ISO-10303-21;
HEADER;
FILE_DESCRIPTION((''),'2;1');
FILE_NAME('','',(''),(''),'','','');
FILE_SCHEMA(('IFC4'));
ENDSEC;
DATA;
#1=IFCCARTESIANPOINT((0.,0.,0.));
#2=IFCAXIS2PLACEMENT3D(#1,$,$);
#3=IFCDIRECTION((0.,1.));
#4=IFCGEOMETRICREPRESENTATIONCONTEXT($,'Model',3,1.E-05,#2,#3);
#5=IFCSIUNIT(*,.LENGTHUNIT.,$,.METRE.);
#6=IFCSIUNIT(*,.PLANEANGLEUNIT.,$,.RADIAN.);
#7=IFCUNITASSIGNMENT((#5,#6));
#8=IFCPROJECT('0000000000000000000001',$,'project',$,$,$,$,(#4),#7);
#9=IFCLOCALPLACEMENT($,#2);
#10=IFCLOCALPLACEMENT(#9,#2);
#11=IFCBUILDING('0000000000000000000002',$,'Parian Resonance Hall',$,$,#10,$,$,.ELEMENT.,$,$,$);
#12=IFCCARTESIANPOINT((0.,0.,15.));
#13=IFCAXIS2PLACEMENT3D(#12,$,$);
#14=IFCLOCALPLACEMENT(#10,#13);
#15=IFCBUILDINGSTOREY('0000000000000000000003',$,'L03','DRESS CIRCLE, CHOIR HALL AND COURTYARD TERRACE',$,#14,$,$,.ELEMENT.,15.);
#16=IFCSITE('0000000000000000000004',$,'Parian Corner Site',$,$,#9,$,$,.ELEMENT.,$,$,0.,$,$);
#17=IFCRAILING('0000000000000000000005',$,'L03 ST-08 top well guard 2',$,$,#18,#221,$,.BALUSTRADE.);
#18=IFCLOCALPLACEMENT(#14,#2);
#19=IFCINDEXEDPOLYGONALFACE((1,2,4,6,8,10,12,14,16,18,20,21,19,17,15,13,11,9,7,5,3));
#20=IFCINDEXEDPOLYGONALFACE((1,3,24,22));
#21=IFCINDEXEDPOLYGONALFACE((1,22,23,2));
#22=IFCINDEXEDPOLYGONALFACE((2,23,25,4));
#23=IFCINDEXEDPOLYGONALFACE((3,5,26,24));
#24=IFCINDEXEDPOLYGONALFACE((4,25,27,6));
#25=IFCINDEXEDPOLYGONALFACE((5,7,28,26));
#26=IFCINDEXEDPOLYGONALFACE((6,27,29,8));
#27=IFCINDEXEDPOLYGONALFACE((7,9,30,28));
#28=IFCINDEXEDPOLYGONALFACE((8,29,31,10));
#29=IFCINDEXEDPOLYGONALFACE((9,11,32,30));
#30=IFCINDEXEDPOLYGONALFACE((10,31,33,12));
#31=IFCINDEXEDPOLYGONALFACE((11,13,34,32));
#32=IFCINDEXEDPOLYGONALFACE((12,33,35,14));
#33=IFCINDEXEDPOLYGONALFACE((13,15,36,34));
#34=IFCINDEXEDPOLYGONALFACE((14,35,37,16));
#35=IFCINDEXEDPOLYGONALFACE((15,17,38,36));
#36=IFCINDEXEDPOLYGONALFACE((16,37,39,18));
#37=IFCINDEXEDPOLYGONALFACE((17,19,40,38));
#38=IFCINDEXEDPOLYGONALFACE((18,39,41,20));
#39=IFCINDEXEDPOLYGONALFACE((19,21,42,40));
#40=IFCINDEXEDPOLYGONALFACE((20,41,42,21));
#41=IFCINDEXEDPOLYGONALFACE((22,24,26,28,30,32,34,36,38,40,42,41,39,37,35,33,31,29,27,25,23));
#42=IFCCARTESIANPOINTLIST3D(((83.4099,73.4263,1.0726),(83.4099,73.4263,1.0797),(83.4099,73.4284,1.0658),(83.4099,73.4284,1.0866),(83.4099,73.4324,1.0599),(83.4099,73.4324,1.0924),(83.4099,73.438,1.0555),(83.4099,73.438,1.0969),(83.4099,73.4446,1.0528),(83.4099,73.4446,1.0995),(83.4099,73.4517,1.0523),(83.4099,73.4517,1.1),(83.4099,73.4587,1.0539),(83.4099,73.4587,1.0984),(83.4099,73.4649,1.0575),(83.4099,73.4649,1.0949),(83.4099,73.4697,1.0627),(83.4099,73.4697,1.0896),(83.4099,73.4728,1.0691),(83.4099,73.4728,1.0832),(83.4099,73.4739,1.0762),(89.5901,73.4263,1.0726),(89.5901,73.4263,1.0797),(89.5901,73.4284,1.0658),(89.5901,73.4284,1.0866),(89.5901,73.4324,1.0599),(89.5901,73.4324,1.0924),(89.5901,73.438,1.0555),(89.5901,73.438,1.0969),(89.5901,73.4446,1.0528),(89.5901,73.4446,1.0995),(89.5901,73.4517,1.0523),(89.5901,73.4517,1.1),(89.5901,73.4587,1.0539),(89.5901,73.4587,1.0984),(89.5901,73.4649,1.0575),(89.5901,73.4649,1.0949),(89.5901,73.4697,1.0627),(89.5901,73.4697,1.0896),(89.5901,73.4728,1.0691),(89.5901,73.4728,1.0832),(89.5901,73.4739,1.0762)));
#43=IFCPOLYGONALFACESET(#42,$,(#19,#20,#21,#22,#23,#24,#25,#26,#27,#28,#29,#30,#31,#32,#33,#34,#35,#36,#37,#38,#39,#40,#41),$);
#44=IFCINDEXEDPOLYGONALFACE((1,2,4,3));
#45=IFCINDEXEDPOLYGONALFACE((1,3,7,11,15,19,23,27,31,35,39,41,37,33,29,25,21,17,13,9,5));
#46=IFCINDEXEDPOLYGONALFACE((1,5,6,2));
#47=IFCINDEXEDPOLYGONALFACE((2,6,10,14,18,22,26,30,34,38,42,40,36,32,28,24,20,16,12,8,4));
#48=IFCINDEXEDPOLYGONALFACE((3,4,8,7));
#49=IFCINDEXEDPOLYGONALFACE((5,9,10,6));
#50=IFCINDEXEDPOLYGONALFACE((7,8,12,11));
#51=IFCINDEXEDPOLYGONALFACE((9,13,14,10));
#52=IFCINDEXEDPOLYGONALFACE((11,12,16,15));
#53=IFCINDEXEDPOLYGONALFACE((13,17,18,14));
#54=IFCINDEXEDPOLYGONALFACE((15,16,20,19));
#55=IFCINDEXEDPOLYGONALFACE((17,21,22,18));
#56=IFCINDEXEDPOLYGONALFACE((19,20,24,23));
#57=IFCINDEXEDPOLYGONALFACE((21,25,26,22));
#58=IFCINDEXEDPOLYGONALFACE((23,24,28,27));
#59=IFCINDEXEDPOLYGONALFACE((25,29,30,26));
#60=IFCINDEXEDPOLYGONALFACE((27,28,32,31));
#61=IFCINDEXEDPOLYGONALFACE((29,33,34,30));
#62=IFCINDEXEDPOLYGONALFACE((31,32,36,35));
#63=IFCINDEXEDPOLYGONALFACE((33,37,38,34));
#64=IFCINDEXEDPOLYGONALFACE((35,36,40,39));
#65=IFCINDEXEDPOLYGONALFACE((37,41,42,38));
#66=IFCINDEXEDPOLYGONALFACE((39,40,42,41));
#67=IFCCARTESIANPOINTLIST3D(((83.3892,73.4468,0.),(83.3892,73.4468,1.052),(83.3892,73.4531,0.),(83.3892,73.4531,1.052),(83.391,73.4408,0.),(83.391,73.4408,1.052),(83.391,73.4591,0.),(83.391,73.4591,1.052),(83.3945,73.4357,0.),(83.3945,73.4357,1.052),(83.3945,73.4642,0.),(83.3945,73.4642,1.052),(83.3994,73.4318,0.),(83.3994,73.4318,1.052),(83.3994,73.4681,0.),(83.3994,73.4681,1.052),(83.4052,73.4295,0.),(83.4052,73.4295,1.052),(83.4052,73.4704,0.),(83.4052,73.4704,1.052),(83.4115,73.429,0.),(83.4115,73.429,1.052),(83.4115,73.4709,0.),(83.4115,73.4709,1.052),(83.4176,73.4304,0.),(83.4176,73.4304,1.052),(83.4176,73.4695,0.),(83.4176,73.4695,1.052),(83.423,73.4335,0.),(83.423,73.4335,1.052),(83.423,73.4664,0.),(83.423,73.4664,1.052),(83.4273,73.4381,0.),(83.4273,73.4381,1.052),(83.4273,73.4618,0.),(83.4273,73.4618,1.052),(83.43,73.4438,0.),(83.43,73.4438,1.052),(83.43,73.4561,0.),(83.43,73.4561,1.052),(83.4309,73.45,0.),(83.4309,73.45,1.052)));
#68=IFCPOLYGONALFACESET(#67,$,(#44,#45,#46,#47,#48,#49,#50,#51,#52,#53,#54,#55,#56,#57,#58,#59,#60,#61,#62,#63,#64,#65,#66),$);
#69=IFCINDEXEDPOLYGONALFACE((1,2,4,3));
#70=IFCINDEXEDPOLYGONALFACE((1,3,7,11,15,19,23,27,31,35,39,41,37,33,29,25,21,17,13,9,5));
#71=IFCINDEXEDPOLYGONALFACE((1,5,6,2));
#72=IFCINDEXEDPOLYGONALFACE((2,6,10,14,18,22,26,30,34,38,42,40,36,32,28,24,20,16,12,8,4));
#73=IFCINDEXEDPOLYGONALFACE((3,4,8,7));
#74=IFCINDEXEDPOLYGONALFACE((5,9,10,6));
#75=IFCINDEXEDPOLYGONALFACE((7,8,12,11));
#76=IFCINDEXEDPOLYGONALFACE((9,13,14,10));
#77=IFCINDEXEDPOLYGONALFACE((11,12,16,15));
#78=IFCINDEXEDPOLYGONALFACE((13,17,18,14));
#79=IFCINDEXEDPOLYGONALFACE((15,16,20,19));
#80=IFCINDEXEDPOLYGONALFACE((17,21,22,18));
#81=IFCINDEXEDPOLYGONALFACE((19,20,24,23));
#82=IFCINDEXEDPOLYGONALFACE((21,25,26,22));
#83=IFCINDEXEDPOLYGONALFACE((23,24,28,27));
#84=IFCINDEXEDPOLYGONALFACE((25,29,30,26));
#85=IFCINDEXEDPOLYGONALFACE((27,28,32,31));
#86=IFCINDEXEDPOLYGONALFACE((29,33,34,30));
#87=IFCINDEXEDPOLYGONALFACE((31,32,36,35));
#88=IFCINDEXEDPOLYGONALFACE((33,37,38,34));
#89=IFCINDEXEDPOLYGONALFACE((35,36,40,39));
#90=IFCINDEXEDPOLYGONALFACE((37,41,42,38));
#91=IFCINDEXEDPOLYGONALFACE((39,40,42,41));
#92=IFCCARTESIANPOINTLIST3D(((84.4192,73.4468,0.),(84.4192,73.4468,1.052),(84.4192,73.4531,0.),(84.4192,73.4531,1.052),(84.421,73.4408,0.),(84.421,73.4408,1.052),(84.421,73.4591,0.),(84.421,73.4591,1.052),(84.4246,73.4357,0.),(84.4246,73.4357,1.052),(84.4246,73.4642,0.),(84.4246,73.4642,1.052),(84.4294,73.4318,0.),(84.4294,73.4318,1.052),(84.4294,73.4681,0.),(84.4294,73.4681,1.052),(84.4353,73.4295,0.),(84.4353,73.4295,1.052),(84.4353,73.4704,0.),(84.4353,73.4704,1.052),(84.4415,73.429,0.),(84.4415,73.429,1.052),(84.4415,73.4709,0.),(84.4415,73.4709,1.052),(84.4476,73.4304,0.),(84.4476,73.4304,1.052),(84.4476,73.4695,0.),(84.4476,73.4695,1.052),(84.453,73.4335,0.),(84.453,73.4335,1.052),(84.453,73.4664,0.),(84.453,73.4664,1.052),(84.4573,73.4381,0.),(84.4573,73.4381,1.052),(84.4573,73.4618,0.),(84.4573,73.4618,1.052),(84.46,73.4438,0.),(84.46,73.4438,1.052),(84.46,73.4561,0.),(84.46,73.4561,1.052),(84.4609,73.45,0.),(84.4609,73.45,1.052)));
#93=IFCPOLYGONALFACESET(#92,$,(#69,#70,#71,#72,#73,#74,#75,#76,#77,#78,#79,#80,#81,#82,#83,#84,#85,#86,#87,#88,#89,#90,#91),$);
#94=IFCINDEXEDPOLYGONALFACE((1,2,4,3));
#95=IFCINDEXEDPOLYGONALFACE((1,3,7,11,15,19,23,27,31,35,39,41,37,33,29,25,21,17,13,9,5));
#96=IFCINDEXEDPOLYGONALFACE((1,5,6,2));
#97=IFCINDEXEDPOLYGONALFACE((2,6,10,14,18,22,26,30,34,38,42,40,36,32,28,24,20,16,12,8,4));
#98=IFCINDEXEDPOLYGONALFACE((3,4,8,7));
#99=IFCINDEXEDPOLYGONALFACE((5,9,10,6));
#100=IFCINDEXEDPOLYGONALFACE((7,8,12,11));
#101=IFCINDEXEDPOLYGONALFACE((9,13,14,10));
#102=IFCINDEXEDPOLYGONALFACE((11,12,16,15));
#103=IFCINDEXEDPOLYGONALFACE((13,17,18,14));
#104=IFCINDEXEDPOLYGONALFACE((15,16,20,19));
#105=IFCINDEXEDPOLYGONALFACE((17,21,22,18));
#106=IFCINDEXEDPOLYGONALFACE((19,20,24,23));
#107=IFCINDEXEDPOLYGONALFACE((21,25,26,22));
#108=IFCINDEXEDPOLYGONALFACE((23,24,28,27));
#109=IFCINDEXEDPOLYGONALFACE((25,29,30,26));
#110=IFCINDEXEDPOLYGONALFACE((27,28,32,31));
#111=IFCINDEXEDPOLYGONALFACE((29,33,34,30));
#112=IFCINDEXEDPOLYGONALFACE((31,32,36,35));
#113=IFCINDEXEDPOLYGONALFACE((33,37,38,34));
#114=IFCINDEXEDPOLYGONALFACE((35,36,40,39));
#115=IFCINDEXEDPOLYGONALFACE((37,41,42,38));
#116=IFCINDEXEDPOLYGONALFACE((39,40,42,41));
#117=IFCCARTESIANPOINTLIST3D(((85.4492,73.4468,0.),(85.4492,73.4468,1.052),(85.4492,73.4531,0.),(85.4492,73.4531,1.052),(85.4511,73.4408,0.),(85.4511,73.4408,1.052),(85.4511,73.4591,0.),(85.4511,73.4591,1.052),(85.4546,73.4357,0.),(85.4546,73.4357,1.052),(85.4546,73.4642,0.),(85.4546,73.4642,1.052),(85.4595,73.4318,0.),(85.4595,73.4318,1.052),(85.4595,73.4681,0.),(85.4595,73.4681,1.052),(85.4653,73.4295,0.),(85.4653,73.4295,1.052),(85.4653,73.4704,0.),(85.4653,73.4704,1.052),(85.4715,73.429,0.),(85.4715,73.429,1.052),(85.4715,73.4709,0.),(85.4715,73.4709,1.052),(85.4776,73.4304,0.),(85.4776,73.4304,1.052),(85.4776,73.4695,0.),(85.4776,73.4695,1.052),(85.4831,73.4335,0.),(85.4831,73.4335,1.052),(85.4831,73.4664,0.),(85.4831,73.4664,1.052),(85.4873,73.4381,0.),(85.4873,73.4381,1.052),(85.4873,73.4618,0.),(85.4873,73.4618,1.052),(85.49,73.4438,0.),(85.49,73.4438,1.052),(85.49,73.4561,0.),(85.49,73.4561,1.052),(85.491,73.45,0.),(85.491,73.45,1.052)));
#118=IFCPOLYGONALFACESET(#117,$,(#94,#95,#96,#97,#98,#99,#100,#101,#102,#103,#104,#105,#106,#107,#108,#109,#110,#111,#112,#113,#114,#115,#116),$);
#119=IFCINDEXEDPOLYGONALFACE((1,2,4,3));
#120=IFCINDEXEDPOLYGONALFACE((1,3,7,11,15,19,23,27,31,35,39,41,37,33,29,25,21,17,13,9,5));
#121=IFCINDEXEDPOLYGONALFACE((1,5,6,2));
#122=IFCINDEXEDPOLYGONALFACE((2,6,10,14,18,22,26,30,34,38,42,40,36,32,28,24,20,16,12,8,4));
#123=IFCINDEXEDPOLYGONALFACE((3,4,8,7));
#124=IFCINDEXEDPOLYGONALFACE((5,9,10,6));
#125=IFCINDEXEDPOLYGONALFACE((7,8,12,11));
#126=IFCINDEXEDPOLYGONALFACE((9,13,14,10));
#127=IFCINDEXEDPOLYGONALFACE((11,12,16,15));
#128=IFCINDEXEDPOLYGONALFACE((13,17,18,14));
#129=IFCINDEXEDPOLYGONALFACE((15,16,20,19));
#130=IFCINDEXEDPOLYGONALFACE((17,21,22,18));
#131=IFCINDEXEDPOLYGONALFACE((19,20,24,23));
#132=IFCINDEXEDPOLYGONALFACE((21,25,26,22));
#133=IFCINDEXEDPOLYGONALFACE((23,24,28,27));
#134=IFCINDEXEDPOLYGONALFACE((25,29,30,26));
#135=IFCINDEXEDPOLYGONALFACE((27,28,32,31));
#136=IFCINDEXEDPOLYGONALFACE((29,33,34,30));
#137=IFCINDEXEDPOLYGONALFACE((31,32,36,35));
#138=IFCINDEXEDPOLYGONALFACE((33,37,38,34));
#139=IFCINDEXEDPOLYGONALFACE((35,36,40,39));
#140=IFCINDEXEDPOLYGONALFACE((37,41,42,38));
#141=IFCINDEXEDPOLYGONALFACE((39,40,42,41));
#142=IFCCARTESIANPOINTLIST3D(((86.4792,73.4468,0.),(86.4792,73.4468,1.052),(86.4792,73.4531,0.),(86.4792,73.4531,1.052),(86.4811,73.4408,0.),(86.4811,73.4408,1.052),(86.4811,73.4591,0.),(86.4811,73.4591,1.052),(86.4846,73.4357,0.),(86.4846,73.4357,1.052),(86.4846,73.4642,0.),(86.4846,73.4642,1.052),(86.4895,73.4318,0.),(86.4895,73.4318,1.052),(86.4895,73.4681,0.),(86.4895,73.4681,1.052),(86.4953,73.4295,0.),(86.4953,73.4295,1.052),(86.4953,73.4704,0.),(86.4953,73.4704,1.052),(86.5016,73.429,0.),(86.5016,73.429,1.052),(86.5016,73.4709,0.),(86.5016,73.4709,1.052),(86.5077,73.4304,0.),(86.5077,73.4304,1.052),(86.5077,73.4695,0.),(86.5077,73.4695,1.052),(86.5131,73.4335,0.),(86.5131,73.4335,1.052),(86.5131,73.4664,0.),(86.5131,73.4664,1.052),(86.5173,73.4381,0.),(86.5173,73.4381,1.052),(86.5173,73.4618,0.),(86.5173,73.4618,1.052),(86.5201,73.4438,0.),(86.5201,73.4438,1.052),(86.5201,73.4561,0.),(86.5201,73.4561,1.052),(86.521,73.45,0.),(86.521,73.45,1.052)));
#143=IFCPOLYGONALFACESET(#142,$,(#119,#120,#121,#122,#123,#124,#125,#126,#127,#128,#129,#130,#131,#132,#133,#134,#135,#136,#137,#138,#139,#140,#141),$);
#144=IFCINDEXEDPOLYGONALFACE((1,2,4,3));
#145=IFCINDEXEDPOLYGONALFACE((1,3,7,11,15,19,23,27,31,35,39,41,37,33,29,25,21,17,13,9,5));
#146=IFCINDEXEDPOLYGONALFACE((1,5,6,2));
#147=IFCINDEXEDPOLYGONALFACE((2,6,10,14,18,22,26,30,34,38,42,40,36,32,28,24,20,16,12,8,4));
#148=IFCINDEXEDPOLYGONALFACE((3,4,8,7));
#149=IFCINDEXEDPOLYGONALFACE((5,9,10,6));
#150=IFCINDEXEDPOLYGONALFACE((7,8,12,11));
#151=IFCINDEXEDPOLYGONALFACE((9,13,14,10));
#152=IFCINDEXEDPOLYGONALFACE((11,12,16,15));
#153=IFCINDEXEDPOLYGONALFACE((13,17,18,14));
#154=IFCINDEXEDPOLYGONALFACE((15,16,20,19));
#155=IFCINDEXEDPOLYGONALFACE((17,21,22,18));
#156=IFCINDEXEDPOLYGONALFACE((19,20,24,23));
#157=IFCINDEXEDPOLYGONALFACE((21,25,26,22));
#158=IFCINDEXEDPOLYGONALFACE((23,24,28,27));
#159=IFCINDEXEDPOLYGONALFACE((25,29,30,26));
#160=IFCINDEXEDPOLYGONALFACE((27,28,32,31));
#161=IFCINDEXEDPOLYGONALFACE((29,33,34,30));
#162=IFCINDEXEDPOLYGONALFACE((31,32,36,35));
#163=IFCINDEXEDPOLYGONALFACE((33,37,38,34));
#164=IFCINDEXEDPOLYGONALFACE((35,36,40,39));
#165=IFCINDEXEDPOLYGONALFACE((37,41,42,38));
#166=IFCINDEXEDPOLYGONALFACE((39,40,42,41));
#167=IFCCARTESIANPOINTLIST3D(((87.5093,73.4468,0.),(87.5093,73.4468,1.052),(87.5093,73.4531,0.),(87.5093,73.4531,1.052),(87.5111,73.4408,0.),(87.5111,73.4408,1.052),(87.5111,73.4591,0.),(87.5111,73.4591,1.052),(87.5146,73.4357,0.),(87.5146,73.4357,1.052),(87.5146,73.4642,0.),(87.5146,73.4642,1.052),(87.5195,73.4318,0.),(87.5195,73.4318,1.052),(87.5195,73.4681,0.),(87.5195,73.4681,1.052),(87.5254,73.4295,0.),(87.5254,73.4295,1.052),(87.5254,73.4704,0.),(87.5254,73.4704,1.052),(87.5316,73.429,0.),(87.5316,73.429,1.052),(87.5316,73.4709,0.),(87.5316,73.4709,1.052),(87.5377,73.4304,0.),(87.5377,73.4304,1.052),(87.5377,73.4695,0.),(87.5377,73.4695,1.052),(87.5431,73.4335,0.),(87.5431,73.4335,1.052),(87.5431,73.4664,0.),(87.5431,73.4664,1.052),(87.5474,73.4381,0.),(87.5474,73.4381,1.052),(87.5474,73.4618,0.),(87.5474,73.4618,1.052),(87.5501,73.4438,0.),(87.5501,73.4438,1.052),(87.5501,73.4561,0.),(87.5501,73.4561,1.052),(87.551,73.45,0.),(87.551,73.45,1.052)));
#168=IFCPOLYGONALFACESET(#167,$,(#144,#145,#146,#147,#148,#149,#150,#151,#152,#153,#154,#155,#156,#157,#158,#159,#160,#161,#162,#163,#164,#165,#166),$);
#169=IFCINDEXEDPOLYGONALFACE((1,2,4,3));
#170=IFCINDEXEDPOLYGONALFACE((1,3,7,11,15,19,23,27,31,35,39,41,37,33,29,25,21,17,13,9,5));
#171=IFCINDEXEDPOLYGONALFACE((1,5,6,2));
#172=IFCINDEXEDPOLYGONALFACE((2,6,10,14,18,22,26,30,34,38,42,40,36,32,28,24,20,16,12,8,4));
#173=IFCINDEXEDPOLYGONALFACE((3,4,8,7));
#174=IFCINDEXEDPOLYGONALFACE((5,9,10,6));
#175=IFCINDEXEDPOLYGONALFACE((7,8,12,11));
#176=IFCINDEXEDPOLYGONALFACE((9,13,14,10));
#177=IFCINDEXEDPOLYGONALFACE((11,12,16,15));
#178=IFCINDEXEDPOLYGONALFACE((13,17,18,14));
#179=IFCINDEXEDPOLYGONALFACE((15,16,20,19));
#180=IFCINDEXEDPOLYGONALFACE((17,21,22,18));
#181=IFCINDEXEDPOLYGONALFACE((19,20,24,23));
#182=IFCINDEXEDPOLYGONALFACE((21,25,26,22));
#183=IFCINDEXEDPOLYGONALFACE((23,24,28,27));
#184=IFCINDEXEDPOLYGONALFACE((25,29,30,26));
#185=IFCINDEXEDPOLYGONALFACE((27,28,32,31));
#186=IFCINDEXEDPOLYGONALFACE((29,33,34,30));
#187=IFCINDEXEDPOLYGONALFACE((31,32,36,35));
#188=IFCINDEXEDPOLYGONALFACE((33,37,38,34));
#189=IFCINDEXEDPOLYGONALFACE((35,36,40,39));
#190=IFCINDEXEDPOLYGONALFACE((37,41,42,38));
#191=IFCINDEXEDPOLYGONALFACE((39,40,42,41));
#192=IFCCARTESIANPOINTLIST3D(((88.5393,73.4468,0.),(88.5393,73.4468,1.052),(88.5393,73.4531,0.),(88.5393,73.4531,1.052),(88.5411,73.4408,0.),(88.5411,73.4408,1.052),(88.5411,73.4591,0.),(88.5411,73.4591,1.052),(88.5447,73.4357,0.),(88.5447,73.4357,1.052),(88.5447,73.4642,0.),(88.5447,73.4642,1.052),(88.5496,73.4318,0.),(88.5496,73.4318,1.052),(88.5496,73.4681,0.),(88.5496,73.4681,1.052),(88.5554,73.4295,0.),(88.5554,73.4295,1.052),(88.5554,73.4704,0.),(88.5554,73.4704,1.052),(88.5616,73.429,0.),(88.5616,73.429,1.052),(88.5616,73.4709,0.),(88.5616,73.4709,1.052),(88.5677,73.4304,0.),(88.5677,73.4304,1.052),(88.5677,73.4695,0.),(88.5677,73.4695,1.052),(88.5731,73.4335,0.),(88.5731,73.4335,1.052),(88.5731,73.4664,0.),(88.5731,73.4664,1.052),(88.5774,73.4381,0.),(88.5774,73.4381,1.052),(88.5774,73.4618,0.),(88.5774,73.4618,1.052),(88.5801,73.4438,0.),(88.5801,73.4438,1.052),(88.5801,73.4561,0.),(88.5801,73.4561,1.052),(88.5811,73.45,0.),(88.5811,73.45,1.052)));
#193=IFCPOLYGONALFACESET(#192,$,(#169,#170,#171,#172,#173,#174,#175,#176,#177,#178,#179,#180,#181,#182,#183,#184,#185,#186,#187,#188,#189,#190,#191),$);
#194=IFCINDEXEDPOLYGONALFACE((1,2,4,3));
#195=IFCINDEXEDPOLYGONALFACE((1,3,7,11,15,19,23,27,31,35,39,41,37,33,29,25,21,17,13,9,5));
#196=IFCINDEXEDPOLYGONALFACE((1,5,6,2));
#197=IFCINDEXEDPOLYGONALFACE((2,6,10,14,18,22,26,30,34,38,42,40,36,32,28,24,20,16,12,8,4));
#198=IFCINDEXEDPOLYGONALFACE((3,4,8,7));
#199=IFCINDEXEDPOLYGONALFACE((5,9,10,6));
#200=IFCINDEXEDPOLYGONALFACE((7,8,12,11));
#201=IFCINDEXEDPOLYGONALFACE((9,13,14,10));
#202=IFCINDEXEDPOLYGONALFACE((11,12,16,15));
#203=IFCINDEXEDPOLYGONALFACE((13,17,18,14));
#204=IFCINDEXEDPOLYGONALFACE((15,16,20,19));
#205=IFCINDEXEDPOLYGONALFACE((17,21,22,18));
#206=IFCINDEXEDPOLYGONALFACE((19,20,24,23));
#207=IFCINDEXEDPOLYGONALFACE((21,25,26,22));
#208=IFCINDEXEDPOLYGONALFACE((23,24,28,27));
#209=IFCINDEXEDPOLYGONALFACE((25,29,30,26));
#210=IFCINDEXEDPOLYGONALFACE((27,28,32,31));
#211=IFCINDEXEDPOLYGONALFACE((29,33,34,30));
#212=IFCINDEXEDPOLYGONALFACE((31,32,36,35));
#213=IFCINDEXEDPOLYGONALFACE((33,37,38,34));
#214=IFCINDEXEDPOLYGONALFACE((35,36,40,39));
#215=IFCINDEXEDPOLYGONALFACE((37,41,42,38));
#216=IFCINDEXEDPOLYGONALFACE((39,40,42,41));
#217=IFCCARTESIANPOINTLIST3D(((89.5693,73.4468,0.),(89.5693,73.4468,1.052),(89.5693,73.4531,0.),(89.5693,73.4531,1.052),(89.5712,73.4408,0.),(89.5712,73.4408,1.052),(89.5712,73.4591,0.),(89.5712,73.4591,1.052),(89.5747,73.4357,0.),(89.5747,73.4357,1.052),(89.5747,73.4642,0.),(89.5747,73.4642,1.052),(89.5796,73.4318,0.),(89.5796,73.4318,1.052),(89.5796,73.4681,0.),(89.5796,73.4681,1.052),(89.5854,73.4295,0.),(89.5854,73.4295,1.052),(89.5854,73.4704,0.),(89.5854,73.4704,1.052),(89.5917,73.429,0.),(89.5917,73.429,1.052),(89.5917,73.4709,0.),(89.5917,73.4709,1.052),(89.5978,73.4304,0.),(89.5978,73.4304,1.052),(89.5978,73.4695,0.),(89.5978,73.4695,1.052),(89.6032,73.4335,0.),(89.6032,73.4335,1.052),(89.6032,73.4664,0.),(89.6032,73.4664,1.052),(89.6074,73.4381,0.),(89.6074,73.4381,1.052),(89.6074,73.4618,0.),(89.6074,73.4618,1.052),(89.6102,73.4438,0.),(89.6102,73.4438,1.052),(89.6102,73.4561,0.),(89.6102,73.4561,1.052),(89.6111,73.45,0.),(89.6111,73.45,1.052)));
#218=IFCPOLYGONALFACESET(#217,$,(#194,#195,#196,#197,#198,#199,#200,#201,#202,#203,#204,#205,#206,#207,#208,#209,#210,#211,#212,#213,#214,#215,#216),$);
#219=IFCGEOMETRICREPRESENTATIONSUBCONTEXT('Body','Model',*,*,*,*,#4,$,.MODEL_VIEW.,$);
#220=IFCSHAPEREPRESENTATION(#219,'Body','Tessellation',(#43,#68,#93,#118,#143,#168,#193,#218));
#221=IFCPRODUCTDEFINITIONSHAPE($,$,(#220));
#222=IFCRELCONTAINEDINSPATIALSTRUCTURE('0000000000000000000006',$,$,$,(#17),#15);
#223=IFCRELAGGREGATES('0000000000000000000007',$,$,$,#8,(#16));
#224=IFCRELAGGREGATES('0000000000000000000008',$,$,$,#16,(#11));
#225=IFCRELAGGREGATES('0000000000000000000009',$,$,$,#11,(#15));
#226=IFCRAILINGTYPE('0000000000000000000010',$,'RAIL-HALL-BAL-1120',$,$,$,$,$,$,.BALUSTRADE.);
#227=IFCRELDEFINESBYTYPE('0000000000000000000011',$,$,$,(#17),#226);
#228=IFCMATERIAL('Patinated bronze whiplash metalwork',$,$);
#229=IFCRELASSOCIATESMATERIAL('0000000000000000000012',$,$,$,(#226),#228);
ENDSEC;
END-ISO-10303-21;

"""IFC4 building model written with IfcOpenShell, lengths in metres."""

from ifc_helpers import new_model, si_unit, direction, frame, origin, origin_2d, place, context, subcontext, project, spatial, circle, extrude, material, type_object, element, save


model = new_model("IFC4")

# Units and contexts
model_context = context("Model", 3, precision=1e-05, world=origin(), true_north=direction((0.0, 1.0)))
body_context = subcontext(model_context, "Body", "Model", "MODEL_VIEW")
ifc_project = project(units=[si_unit("LENGTHUNIT", "METRE"), si_unit("PLANEANGLEUNIT", "RADIAN")], contexts=[model_context])

# Site, building, storey
site_placement = place(None, origin())
site = spatial("IfcSite", under=ifc_project, at=site_placement, Name="Parian Corner Site", CompositionType="ELEMENT", RefElevation=0.0)
building_placement = place(site_placement, origin())
building = spatial("IfcBuilding", under=site, at=building_placement, Name="Parian Resonance Hall", CompositionType="ELEMENT")
storey_placement = place(building_placement, frame((0.0, 0.0, 15.0)))
storey = spatial("IfcBuildingStorey", under=building, at=storey_placement, Name="L03", Description="DRESS CIRCLE, CHOIR HALL AND COURTYARD TERRACE", CompositionType="ELEMENT", Elevation=15.0)

# Railing
ifc_material_1 = material(Name="Patinated bronze whiplash metalwork")
railing_type = type_object("IfcRailingType", Name="RAIL-HALL-BAL-1120", PredefinedType="BALUSTRADE", material=ifc_material_1)
railing_1_placement = place(storey_placement, frame((83.4099, 73.45, 0.0)))
element("IfcRailing", 1, at=railing_1_placement, inside=storey, type_object=railing_type, Name="L03 ST-08 top well guard 2", PredefinedType="BALUSTRADE", context=body_context, shape_type="SweptSolid", body=[
    extrude(circle(Radius=0.0239, at=origin_2d()), frame((0.0, 0.0, 1.0762), z_axis=(1.0, 0.0, 0.0), x_axis=(0.0, 1.0, 0.0)), (0.0, 0.0, 1.0), 6.1802),
    extrude(circle(Radius=0.021, at=origin_2d()), origin(), (0.0, 0.0, 1.0), 1.052),
    extrude(circle(Radius=0.021, at=origin_2d()), frame((1.03, 0.0, 0.0)), (0.0, 0.0, 1.0), 1.052),
    extrude(circle(Radius=0.021, at=origin_2d()), frame((2.0601, 0.0, 0.0)), (0.0, 0.0, 1.0), 1.052),
    extrude(circle(Radius=0.021, at=origin_2d()), frame((3.0901, 0.0, 0.0)), (0.0, 0.0, 1.0), 1.052),
    extrude(circle(Radius=0.021, at=origin_2d()), frame((4.1201, 0.0, 0.0)), (0.0, 0.0, 1.0), 1.052),
    extrude(circle(Radius=0.021, at=origin_2d()), frame((5.1501, 0.0, 0.0)), (0.0, 0.0, 1.0), 1.052),
    extrude(circle(Radius=0.021, at=origin_2d()), frame((6.1802, 0.0, 0.0)), (0.0, 0.0, 1.0), 1.052),
])

save(model, "model.ifc")
